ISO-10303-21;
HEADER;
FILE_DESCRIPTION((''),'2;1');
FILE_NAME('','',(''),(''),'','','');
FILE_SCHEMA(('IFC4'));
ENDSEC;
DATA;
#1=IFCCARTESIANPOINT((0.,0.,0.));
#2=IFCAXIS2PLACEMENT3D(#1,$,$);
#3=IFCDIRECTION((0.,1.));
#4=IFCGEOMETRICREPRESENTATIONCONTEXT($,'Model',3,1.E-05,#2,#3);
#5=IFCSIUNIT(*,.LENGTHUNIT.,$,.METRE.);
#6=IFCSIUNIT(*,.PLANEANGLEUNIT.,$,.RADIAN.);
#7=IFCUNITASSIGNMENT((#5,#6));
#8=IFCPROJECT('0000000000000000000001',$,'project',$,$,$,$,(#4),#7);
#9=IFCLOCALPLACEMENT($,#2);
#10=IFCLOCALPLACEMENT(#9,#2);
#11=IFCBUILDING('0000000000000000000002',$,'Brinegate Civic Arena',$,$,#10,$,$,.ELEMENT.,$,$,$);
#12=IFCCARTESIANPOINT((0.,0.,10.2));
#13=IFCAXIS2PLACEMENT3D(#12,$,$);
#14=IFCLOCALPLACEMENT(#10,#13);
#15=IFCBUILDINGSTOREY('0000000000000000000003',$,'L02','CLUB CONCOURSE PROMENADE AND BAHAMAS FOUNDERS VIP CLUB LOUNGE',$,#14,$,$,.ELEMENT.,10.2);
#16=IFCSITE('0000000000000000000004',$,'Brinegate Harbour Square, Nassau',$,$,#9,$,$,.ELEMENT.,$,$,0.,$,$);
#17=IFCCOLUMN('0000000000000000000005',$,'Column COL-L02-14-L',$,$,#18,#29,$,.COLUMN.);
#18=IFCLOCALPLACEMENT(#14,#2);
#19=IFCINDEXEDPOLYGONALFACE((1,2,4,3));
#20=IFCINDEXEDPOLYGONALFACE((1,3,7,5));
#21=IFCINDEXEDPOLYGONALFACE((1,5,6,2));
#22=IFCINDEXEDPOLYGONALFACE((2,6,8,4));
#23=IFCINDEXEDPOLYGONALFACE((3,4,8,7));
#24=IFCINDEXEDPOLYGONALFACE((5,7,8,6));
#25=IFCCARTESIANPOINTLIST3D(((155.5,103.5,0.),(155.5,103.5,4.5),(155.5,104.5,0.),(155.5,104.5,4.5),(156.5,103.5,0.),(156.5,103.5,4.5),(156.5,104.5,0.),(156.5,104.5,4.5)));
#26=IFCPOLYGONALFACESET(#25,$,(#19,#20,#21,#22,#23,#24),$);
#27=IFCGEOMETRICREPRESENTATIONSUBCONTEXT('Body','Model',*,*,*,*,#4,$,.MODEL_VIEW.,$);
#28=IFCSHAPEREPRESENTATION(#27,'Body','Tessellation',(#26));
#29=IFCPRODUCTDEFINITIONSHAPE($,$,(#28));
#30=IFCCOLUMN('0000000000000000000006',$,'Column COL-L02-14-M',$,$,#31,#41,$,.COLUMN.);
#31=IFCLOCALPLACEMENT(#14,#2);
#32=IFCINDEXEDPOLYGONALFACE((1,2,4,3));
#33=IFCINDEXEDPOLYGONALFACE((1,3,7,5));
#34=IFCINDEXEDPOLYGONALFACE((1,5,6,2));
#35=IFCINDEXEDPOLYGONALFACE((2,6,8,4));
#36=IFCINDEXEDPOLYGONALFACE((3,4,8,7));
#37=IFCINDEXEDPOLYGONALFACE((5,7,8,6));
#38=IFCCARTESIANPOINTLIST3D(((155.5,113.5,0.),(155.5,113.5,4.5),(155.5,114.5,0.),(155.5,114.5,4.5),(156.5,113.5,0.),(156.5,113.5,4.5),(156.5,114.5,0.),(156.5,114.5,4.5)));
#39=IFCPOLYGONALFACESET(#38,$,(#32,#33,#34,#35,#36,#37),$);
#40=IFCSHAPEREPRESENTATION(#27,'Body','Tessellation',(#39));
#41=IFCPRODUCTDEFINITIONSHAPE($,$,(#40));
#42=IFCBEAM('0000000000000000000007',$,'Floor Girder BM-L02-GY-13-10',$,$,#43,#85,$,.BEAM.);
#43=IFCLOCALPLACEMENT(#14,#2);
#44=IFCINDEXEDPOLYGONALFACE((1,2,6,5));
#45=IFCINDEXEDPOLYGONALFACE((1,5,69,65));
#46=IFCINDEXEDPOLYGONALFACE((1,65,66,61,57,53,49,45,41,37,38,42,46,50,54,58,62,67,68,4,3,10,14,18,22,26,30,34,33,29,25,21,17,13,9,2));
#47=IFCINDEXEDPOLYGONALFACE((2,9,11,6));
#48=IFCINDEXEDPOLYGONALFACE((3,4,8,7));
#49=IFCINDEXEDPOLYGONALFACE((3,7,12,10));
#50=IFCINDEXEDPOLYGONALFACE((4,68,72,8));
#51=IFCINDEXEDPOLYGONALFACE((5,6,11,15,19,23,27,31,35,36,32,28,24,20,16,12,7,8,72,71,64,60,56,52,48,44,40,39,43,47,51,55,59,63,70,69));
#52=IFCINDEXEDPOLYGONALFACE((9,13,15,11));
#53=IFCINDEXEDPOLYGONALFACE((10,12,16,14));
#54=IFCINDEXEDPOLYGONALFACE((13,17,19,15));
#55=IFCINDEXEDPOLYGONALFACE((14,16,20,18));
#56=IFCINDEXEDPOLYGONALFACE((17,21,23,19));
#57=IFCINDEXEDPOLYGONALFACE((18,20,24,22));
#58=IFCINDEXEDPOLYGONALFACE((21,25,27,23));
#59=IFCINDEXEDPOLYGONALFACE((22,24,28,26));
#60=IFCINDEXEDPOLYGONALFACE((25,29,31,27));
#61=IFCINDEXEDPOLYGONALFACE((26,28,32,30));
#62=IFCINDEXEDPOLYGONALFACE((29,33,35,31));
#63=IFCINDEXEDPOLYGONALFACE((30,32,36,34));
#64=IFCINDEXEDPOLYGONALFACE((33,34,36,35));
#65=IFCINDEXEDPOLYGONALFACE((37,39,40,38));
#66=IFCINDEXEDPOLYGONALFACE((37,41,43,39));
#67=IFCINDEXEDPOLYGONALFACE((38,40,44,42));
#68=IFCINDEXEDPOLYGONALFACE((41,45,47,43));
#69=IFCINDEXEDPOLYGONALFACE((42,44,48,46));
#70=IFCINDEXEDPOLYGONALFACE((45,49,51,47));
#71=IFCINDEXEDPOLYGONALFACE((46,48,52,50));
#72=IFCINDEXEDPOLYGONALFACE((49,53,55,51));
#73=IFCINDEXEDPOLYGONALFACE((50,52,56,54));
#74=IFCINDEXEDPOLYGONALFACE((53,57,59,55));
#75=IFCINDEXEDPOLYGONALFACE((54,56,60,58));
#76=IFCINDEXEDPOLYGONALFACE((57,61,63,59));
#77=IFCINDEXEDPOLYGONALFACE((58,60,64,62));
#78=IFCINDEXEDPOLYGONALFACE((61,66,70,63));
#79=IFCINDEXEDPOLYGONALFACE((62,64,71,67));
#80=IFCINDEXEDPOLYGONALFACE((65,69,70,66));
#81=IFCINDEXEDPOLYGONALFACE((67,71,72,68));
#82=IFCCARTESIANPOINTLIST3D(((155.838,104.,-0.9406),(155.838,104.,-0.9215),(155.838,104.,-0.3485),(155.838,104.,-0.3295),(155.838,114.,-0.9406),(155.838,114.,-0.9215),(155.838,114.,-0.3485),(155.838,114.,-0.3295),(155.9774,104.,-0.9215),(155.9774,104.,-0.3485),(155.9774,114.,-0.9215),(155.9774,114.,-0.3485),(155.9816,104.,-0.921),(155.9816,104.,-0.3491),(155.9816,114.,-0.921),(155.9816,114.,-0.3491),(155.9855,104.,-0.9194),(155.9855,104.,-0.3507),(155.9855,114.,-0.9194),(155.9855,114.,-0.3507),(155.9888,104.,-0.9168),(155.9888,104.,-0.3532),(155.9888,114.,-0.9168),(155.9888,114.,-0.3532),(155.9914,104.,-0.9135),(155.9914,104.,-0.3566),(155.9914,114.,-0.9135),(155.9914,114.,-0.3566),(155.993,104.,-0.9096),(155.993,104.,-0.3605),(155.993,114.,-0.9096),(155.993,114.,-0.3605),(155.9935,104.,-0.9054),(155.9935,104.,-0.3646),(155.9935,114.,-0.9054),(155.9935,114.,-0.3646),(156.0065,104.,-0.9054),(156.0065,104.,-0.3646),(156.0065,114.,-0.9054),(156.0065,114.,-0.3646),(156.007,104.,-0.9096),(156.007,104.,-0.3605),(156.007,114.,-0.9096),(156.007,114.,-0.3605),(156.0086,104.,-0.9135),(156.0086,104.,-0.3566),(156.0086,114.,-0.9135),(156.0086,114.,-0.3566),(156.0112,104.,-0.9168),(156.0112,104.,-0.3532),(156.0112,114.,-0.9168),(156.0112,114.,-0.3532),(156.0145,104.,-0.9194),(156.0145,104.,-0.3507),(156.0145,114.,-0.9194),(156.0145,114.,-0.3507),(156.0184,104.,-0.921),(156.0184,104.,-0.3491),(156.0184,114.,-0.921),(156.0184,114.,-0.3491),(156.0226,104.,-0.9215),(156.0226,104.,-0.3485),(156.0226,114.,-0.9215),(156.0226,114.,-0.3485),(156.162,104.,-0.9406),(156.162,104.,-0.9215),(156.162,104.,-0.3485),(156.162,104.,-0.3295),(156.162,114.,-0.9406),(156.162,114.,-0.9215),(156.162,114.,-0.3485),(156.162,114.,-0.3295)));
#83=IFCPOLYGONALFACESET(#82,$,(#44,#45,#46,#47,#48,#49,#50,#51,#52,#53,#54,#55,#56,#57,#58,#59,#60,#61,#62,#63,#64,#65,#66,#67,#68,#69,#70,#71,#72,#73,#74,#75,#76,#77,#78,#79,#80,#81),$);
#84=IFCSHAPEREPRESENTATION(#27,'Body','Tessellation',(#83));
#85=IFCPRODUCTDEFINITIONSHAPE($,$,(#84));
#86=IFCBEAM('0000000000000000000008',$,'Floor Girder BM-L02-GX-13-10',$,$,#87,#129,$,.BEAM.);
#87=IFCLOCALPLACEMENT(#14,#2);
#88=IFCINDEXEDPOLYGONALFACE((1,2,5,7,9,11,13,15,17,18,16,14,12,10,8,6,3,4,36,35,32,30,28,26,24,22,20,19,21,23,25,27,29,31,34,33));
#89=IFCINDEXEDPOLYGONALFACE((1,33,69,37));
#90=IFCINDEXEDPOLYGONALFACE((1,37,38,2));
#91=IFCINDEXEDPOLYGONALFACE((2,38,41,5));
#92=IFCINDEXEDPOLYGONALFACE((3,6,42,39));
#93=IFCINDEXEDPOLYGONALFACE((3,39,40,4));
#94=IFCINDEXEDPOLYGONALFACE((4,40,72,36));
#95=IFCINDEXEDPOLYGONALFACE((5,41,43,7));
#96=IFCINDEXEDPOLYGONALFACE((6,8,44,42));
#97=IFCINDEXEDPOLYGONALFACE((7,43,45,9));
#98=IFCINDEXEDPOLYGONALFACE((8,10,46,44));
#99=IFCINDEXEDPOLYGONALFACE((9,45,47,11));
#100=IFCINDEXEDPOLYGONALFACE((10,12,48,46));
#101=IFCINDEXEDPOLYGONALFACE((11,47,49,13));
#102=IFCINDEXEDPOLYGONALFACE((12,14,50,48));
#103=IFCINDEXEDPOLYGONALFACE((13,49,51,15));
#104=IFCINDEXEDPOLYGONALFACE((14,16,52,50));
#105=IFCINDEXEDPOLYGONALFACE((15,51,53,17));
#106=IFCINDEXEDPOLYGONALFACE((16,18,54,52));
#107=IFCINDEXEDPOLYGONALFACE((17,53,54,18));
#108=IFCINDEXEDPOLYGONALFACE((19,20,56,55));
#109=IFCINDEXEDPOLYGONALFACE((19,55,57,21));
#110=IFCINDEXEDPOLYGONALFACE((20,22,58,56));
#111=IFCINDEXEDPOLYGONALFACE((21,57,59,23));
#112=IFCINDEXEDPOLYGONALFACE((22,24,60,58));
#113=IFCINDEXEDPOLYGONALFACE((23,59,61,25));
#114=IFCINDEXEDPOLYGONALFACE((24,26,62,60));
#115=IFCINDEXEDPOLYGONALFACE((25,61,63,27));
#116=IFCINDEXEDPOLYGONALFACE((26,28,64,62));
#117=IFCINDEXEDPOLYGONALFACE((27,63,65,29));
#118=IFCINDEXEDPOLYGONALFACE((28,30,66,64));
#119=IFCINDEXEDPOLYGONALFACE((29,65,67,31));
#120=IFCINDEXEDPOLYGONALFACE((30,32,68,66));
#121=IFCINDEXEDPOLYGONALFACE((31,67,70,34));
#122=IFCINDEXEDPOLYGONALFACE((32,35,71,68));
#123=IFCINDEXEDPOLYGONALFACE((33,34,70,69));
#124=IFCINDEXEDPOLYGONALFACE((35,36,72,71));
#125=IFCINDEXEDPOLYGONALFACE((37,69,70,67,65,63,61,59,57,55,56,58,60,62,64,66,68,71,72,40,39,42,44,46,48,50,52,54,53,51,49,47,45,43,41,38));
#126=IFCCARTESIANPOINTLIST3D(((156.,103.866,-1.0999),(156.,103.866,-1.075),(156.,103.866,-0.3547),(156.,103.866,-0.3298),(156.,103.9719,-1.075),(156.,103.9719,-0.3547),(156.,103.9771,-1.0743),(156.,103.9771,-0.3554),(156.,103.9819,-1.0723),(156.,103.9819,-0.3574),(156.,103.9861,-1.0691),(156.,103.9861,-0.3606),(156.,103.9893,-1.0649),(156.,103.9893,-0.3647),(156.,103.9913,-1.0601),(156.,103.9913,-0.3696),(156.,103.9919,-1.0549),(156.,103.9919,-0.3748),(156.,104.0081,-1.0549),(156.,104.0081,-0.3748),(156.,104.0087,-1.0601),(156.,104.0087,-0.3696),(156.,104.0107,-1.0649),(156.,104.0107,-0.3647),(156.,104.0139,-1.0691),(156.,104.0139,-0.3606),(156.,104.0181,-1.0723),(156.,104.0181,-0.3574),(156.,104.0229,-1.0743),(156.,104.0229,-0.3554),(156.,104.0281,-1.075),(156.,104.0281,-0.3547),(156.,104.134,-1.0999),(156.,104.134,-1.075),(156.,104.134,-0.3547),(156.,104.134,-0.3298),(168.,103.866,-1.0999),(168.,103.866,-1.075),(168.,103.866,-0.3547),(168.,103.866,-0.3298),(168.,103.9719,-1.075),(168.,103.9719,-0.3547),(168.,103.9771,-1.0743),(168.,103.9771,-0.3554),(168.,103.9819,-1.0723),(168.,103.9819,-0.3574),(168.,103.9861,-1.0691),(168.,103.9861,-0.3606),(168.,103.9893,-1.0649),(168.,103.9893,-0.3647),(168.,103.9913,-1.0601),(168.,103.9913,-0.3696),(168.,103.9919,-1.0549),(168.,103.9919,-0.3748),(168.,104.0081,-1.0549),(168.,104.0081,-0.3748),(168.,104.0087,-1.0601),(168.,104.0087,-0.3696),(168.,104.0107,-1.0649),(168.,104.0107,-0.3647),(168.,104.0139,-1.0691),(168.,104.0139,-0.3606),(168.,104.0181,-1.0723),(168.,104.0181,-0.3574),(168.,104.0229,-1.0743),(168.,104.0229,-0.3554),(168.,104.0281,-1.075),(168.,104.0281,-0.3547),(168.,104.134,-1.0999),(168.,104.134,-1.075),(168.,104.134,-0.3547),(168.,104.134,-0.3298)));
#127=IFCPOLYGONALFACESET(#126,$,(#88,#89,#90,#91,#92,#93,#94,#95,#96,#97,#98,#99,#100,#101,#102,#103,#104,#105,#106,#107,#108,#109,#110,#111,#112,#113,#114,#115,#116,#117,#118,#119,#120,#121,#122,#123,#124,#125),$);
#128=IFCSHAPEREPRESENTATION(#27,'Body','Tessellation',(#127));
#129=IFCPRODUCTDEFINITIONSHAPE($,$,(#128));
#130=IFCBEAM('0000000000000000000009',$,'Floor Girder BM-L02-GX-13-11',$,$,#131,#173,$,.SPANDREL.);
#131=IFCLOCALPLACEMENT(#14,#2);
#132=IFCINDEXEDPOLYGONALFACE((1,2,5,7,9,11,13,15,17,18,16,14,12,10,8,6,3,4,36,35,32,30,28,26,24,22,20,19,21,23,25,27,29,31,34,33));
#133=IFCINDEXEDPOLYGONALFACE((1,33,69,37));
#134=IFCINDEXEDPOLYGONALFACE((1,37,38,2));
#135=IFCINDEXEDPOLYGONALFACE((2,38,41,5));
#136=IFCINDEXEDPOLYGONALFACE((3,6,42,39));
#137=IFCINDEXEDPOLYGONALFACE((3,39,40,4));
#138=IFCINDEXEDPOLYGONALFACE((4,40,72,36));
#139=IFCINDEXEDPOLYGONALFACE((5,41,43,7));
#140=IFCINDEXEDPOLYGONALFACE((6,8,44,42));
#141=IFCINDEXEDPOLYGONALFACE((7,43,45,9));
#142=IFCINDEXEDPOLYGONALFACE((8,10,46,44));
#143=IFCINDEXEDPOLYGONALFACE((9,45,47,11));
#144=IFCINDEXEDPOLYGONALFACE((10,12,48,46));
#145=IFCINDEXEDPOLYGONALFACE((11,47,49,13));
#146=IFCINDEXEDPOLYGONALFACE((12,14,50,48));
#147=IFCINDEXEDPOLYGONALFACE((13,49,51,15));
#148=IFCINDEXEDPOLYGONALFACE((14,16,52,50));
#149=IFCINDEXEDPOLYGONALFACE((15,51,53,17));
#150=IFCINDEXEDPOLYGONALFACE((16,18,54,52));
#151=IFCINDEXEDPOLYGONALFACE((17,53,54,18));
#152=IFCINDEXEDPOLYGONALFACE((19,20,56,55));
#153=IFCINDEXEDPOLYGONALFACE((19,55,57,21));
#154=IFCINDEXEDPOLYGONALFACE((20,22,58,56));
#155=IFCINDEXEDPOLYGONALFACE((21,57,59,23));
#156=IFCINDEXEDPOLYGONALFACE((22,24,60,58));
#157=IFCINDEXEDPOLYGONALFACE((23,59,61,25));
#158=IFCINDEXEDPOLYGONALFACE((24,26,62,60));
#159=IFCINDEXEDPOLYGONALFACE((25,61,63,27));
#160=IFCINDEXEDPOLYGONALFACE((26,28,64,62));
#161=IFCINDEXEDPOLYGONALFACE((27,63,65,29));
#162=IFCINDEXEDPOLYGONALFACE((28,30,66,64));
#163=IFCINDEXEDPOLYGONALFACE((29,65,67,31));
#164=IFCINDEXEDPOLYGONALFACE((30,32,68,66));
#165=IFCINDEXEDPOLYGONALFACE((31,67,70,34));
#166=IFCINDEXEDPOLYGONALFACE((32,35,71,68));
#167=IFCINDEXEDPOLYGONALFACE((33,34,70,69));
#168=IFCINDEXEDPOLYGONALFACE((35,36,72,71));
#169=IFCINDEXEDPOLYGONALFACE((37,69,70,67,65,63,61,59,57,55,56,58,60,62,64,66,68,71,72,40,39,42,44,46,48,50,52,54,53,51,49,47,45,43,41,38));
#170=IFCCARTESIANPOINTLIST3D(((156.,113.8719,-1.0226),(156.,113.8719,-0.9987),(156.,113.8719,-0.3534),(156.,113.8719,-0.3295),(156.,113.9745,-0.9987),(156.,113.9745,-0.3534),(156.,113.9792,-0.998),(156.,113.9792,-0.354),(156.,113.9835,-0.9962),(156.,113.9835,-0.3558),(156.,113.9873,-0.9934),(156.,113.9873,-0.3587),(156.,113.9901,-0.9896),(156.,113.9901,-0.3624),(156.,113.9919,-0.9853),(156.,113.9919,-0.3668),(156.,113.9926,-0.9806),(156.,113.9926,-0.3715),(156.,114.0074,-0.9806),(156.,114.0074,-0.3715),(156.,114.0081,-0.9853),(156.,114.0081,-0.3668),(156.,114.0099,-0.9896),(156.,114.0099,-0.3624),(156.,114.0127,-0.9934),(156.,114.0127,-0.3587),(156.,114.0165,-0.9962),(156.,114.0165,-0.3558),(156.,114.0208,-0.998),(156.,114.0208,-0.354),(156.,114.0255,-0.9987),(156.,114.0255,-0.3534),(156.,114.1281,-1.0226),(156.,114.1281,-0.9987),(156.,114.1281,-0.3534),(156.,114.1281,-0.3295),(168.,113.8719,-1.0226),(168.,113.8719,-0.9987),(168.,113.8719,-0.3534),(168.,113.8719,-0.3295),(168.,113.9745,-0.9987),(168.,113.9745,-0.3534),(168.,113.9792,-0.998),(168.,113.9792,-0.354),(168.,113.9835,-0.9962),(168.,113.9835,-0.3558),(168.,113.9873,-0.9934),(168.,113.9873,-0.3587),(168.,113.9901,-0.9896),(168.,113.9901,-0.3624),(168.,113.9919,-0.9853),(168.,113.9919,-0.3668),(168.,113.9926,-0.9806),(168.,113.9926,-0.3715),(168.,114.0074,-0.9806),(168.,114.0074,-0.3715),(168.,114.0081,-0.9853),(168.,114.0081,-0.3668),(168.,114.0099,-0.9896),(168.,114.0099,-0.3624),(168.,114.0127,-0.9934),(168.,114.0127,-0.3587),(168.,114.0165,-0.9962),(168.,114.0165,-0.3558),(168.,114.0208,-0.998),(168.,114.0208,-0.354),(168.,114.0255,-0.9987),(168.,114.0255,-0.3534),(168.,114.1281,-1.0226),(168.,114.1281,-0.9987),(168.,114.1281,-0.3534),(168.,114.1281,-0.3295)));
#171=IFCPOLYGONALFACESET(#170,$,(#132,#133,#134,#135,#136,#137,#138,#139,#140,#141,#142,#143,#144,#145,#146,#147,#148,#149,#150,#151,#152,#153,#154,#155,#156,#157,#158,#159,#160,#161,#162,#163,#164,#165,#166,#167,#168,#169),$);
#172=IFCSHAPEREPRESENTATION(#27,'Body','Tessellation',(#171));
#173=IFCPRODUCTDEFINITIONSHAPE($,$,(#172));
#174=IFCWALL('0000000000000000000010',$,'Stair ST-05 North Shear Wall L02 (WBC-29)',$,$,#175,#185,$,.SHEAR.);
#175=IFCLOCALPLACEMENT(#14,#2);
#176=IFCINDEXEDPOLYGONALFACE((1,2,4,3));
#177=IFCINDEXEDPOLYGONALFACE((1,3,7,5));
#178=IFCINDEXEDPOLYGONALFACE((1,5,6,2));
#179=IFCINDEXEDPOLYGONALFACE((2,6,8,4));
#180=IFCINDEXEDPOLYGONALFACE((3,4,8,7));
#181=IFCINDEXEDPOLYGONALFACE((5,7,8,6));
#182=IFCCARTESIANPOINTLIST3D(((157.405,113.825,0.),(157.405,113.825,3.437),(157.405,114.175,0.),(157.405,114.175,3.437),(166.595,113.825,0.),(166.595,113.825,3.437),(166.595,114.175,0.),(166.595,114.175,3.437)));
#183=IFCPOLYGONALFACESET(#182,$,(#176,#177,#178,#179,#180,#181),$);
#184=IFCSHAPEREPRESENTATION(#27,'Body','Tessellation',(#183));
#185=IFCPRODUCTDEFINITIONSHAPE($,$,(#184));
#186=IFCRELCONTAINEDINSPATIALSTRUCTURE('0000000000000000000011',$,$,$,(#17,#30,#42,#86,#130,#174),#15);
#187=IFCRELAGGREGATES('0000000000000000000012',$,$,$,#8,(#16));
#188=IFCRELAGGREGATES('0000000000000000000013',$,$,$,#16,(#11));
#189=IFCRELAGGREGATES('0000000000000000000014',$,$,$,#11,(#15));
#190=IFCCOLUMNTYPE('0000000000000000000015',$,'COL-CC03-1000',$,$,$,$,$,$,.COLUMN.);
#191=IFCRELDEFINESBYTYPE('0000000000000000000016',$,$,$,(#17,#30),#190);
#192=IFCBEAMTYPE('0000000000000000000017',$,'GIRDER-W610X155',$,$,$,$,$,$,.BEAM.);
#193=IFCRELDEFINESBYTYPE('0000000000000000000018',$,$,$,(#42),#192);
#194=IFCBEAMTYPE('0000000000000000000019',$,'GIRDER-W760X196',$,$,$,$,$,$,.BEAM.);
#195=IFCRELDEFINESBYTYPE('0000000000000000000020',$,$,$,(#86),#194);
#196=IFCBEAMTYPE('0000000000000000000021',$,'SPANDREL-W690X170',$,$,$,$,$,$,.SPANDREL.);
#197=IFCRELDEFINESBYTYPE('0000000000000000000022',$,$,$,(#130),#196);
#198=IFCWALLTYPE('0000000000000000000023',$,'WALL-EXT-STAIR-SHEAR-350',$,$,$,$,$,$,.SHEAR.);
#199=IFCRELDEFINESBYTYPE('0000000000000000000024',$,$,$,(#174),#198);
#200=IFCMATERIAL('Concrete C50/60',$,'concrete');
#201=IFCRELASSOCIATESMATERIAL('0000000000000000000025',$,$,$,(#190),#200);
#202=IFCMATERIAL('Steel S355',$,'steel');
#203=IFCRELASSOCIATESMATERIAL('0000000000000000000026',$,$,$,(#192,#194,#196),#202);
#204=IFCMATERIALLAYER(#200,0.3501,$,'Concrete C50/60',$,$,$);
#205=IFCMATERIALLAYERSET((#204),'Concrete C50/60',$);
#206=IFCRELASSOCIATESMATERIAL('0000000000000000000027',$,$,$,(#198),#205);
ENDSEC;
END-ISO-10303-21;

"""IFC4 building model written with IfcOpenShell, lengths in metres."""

from ifc_helpers import new_model, si_unit, direction, frame, frame_2d, origin, origin_2d, place, context, subcontext, project, spatial, rectangle, i_section, extrude, material, layer, layer_set, material_profile, profile_set, type_object, element, save


model = new_model("IFC4")

# Units and contexts
model_context = context("Model", 3, precision=1e-05, world=origin(), true_north=direction((0.0, 1.0)))
body_context = subcontext(model_context, "Body", "Model", "MODEL_VIEW")
ifc_project = project(units=[si_unit("LENGTHUNIT", "METRE"), si_unit("PLANEANGLEUNIT", "RADIAN")], contexts=[model_context])

# Site, building, storey
site_placement = place(None, origin())
site = spatial("IfcSite", under=ifc_project, at=site_placement, Name="Brinegate Harbour Square, Nassau", CompositionType="ELEMENT", RefElevation=0.0)
building_placement = place(site_placement, origin())
building = spatial("IfcBuilding", under=site, at=building_placement, Name="Brinegate Civic Arena", CompositionType="ELEMENT")
storey_placement = place(building_placement, frame((0.0, 0.0, 10.2)))
storey = spatial("IfcBuildingStorey", under=building, at=storey_placement, Name="L02", Description="CLUB CONCOURSE PROMENADE AND BAHAMAS FOUNDERS VIP CLUB LOUNGE", CompositionType="ELEMENT", Elevation=10.2)

# Columns
ifc_material_1 = material(Name="Concrete C50/60", Category="concrete")
ifc_material_profile_1 = material_profile(ifc_material_1, rectangle(XDim=1.0, YDim=1.0, at=origin_2d()), Name="RC1000X1000")
ifc_profile_set_1 = profile_set([ifc_material_profile_1], Name="Concrete C50/60")
column_type = type_object("IfcColumnType", Name="COL-CC03-1000", PredefinedType="COLUMN", material=ifc_profile_set_1)
for number, where, z_axis, x_axis, name in (
    (1, (156.0, 104.0, 0.0), (0.0, 0.0, 1.0), (1.0, 0.0, 0.0), "Column COL-L02-14-L"),
    (2, (156.0, 114.0, 0.0), (0.0, 0.0, 1.0), (1.0, 0.0, 0.0), "Column COL-L02-14-M"),
):
    element("IfcColumn", number, at=place(storey_placement, frame(where, z_axis=z_axis, x_axis=x_axis)), inside=storey, type_object=column_type, Name=name, PredefinedType="COLUMN", context=body_context, shape_type="SweptSolid", body=[
        extrude(rectangle(XDim=1.0, YDim=1.0, at=origin_2d()), origin(), (0.0, 0.0, 1.0), 4.5),
    ])

# Beams
ifc_material_2 = material(Name="Steel S355", Category="steel")
ifc_material_profile_2 = material_profile(ifc_material_2, i_section(OverallWidth=0.324, OverallDepth=0.6111, WebThickness=0.0129, FlangeThickness=0.019, FilletRadius=0.0161, at=origin_2d()), Name="W610X155")
ifc_profile_set_2 = profile_set([ifc_material_profile_2], Name="Steel S355")
beam_type_1 = type_object("IfcBeamType", Name="GIRDER-W610X155", PredefinedType="BEAM", material=ifc_profile_set_2)
beam_1_placement = place(storey_placement, frame((156.0, 104.0, -0.635), z_axis=(0.0, 1.0, 0.0), x_axis=(-1.0, 0.0, 0.0)))
element("IfcBeam", 3, at=beam_1_placement, inside=storey, type_object=beam_type_1, Name="Floor Girder BM-L02-GY-13-10", PredefinedType="BEAM", context=body_context, shape_type="SweptSolid", body=[
    extrude(i_section(OverallWidth=0.324, OverallDepth=0.6111, WebThickness=0.0129, FlangeThickness=0.019, FilletRadius=0.0161, at=origin_2d()), origin(), (0.0, 0.0, 1.0), 10.0),
])
ifc_material_profile_3 = material_profile(ifc_material_2, i_section(OverallWidth=0.2681, OverallDepth=0.77, WebThickness=0.0161, FlangeThickness=0.0249, FilletRadius=0.02, at=origin_2d()), Name="W760X196")
ifc_profile_set_3 = profile_set([ifc_material_profile_3], Name="Steel S355")
beam_type_2 = type_object("IfcBeamType", Name="GIRDER-W760X196", PredefinedType="BEAM", material=ifc_profile_set_3)
beam_2_placement = place(storey_placement, frame((156.0, 104.0, -0.7148), z_axis=(1.0, 0.0, 0.0), x_axis=(0.0, 1.0, 0.0)))
element("IfcBeam", 4, at=beam_2_placement, inside=storey, type_object=beam_type_2, Name="Floor Girder BM-L02-GX-13-10", PredefinedType="BEAM", context=body_context, shape_type="SweptSolid", body=[
    extrude(i_section(OverallWidth=0.2681, OverallDepth=0.77, WebThickness=0.0161, FlangeThickness=0.0249, FilletRadius=0.02, at=origin_2d()), origin(), (0.0, 0.0, 1.0), 12.0),
])
ifc_material_profile_4 = material_profile(ifc_material_2, i_section(OverallWidth=0.2561, OverallDepth=0.6931, WebThickness=0.0149, FlangeThickness=0.0239, FilletRadius=0.0181, at=origin_2d()), Name="W690X170")
ifc_profile_set_4 = profile_set([ifc_material_profile_4], Name="Steel S355")
beam_type_3 = type_object("IfcBeamType", Name="SPANDREL-W690X170", PredefinedType="SPANDREL", material=ifc_profile_set_4)
beam_3_placement = place(storey_placement, frame((156.0, 114.0, -0.676), z_axis=(1.0, 0.0, 0.0), x_axis=(0.0, 1.0, 0.0)))
element("IfcBeam", 5, at=beam_3_placement, inside=storey, type_object=beam_type_3, Name="Floor Girder BM-L02-GX-13-11", PredefinedType="SPANDREL", context=body_context, shape_type="SweptSolid", body=[
    extrude(i_section(OverallWidth=0.2561, OverallDepth=0.6931, WebThickness=0.0149, FlangeThickness=0.0239, FilletRadius=0.0181, at=origin_2d()), origin(), (0.0, 0.0, 1.0), 12.0),
])

# Wall
ifc_layer_1 = layer(ifc_material_1, 0.3501, Name="Concrete C50/60")
ifc_layer_set_1 = layer_set([ifc_layer_1], Name="Concrete C50/60")
wall_type_1 = type_object("IfcWallType", Name="WALL-EXT-STAIR-SHEAR-350", PredefinedType="SHEAR", material=ifc_layer_set_1)
wall_1_placement = place(storey_placement, frame((157.405, 114.0, 0.0), z_axis=(0.0, 0.0, 1.0), x_axis=(1.0, 0.0, 0.0)))
element("IfcWall", 6, at=wall_1_placement, inside=storey, type_object=wall_type_1, Name="Stair ST-05 North Shear Wall L02 (WBC-29)", PredefinedType="SHEAR", context=body_context, shape_type="SweptSolid", body=[
    extrude(rectangle(XDim=9.1899, YDim=0.3501, at=frame_2d((4.595, 0.0))), origin(), (0.0, 0.0, 1.0), 3.437),
])

save(model, "model.ifc")
